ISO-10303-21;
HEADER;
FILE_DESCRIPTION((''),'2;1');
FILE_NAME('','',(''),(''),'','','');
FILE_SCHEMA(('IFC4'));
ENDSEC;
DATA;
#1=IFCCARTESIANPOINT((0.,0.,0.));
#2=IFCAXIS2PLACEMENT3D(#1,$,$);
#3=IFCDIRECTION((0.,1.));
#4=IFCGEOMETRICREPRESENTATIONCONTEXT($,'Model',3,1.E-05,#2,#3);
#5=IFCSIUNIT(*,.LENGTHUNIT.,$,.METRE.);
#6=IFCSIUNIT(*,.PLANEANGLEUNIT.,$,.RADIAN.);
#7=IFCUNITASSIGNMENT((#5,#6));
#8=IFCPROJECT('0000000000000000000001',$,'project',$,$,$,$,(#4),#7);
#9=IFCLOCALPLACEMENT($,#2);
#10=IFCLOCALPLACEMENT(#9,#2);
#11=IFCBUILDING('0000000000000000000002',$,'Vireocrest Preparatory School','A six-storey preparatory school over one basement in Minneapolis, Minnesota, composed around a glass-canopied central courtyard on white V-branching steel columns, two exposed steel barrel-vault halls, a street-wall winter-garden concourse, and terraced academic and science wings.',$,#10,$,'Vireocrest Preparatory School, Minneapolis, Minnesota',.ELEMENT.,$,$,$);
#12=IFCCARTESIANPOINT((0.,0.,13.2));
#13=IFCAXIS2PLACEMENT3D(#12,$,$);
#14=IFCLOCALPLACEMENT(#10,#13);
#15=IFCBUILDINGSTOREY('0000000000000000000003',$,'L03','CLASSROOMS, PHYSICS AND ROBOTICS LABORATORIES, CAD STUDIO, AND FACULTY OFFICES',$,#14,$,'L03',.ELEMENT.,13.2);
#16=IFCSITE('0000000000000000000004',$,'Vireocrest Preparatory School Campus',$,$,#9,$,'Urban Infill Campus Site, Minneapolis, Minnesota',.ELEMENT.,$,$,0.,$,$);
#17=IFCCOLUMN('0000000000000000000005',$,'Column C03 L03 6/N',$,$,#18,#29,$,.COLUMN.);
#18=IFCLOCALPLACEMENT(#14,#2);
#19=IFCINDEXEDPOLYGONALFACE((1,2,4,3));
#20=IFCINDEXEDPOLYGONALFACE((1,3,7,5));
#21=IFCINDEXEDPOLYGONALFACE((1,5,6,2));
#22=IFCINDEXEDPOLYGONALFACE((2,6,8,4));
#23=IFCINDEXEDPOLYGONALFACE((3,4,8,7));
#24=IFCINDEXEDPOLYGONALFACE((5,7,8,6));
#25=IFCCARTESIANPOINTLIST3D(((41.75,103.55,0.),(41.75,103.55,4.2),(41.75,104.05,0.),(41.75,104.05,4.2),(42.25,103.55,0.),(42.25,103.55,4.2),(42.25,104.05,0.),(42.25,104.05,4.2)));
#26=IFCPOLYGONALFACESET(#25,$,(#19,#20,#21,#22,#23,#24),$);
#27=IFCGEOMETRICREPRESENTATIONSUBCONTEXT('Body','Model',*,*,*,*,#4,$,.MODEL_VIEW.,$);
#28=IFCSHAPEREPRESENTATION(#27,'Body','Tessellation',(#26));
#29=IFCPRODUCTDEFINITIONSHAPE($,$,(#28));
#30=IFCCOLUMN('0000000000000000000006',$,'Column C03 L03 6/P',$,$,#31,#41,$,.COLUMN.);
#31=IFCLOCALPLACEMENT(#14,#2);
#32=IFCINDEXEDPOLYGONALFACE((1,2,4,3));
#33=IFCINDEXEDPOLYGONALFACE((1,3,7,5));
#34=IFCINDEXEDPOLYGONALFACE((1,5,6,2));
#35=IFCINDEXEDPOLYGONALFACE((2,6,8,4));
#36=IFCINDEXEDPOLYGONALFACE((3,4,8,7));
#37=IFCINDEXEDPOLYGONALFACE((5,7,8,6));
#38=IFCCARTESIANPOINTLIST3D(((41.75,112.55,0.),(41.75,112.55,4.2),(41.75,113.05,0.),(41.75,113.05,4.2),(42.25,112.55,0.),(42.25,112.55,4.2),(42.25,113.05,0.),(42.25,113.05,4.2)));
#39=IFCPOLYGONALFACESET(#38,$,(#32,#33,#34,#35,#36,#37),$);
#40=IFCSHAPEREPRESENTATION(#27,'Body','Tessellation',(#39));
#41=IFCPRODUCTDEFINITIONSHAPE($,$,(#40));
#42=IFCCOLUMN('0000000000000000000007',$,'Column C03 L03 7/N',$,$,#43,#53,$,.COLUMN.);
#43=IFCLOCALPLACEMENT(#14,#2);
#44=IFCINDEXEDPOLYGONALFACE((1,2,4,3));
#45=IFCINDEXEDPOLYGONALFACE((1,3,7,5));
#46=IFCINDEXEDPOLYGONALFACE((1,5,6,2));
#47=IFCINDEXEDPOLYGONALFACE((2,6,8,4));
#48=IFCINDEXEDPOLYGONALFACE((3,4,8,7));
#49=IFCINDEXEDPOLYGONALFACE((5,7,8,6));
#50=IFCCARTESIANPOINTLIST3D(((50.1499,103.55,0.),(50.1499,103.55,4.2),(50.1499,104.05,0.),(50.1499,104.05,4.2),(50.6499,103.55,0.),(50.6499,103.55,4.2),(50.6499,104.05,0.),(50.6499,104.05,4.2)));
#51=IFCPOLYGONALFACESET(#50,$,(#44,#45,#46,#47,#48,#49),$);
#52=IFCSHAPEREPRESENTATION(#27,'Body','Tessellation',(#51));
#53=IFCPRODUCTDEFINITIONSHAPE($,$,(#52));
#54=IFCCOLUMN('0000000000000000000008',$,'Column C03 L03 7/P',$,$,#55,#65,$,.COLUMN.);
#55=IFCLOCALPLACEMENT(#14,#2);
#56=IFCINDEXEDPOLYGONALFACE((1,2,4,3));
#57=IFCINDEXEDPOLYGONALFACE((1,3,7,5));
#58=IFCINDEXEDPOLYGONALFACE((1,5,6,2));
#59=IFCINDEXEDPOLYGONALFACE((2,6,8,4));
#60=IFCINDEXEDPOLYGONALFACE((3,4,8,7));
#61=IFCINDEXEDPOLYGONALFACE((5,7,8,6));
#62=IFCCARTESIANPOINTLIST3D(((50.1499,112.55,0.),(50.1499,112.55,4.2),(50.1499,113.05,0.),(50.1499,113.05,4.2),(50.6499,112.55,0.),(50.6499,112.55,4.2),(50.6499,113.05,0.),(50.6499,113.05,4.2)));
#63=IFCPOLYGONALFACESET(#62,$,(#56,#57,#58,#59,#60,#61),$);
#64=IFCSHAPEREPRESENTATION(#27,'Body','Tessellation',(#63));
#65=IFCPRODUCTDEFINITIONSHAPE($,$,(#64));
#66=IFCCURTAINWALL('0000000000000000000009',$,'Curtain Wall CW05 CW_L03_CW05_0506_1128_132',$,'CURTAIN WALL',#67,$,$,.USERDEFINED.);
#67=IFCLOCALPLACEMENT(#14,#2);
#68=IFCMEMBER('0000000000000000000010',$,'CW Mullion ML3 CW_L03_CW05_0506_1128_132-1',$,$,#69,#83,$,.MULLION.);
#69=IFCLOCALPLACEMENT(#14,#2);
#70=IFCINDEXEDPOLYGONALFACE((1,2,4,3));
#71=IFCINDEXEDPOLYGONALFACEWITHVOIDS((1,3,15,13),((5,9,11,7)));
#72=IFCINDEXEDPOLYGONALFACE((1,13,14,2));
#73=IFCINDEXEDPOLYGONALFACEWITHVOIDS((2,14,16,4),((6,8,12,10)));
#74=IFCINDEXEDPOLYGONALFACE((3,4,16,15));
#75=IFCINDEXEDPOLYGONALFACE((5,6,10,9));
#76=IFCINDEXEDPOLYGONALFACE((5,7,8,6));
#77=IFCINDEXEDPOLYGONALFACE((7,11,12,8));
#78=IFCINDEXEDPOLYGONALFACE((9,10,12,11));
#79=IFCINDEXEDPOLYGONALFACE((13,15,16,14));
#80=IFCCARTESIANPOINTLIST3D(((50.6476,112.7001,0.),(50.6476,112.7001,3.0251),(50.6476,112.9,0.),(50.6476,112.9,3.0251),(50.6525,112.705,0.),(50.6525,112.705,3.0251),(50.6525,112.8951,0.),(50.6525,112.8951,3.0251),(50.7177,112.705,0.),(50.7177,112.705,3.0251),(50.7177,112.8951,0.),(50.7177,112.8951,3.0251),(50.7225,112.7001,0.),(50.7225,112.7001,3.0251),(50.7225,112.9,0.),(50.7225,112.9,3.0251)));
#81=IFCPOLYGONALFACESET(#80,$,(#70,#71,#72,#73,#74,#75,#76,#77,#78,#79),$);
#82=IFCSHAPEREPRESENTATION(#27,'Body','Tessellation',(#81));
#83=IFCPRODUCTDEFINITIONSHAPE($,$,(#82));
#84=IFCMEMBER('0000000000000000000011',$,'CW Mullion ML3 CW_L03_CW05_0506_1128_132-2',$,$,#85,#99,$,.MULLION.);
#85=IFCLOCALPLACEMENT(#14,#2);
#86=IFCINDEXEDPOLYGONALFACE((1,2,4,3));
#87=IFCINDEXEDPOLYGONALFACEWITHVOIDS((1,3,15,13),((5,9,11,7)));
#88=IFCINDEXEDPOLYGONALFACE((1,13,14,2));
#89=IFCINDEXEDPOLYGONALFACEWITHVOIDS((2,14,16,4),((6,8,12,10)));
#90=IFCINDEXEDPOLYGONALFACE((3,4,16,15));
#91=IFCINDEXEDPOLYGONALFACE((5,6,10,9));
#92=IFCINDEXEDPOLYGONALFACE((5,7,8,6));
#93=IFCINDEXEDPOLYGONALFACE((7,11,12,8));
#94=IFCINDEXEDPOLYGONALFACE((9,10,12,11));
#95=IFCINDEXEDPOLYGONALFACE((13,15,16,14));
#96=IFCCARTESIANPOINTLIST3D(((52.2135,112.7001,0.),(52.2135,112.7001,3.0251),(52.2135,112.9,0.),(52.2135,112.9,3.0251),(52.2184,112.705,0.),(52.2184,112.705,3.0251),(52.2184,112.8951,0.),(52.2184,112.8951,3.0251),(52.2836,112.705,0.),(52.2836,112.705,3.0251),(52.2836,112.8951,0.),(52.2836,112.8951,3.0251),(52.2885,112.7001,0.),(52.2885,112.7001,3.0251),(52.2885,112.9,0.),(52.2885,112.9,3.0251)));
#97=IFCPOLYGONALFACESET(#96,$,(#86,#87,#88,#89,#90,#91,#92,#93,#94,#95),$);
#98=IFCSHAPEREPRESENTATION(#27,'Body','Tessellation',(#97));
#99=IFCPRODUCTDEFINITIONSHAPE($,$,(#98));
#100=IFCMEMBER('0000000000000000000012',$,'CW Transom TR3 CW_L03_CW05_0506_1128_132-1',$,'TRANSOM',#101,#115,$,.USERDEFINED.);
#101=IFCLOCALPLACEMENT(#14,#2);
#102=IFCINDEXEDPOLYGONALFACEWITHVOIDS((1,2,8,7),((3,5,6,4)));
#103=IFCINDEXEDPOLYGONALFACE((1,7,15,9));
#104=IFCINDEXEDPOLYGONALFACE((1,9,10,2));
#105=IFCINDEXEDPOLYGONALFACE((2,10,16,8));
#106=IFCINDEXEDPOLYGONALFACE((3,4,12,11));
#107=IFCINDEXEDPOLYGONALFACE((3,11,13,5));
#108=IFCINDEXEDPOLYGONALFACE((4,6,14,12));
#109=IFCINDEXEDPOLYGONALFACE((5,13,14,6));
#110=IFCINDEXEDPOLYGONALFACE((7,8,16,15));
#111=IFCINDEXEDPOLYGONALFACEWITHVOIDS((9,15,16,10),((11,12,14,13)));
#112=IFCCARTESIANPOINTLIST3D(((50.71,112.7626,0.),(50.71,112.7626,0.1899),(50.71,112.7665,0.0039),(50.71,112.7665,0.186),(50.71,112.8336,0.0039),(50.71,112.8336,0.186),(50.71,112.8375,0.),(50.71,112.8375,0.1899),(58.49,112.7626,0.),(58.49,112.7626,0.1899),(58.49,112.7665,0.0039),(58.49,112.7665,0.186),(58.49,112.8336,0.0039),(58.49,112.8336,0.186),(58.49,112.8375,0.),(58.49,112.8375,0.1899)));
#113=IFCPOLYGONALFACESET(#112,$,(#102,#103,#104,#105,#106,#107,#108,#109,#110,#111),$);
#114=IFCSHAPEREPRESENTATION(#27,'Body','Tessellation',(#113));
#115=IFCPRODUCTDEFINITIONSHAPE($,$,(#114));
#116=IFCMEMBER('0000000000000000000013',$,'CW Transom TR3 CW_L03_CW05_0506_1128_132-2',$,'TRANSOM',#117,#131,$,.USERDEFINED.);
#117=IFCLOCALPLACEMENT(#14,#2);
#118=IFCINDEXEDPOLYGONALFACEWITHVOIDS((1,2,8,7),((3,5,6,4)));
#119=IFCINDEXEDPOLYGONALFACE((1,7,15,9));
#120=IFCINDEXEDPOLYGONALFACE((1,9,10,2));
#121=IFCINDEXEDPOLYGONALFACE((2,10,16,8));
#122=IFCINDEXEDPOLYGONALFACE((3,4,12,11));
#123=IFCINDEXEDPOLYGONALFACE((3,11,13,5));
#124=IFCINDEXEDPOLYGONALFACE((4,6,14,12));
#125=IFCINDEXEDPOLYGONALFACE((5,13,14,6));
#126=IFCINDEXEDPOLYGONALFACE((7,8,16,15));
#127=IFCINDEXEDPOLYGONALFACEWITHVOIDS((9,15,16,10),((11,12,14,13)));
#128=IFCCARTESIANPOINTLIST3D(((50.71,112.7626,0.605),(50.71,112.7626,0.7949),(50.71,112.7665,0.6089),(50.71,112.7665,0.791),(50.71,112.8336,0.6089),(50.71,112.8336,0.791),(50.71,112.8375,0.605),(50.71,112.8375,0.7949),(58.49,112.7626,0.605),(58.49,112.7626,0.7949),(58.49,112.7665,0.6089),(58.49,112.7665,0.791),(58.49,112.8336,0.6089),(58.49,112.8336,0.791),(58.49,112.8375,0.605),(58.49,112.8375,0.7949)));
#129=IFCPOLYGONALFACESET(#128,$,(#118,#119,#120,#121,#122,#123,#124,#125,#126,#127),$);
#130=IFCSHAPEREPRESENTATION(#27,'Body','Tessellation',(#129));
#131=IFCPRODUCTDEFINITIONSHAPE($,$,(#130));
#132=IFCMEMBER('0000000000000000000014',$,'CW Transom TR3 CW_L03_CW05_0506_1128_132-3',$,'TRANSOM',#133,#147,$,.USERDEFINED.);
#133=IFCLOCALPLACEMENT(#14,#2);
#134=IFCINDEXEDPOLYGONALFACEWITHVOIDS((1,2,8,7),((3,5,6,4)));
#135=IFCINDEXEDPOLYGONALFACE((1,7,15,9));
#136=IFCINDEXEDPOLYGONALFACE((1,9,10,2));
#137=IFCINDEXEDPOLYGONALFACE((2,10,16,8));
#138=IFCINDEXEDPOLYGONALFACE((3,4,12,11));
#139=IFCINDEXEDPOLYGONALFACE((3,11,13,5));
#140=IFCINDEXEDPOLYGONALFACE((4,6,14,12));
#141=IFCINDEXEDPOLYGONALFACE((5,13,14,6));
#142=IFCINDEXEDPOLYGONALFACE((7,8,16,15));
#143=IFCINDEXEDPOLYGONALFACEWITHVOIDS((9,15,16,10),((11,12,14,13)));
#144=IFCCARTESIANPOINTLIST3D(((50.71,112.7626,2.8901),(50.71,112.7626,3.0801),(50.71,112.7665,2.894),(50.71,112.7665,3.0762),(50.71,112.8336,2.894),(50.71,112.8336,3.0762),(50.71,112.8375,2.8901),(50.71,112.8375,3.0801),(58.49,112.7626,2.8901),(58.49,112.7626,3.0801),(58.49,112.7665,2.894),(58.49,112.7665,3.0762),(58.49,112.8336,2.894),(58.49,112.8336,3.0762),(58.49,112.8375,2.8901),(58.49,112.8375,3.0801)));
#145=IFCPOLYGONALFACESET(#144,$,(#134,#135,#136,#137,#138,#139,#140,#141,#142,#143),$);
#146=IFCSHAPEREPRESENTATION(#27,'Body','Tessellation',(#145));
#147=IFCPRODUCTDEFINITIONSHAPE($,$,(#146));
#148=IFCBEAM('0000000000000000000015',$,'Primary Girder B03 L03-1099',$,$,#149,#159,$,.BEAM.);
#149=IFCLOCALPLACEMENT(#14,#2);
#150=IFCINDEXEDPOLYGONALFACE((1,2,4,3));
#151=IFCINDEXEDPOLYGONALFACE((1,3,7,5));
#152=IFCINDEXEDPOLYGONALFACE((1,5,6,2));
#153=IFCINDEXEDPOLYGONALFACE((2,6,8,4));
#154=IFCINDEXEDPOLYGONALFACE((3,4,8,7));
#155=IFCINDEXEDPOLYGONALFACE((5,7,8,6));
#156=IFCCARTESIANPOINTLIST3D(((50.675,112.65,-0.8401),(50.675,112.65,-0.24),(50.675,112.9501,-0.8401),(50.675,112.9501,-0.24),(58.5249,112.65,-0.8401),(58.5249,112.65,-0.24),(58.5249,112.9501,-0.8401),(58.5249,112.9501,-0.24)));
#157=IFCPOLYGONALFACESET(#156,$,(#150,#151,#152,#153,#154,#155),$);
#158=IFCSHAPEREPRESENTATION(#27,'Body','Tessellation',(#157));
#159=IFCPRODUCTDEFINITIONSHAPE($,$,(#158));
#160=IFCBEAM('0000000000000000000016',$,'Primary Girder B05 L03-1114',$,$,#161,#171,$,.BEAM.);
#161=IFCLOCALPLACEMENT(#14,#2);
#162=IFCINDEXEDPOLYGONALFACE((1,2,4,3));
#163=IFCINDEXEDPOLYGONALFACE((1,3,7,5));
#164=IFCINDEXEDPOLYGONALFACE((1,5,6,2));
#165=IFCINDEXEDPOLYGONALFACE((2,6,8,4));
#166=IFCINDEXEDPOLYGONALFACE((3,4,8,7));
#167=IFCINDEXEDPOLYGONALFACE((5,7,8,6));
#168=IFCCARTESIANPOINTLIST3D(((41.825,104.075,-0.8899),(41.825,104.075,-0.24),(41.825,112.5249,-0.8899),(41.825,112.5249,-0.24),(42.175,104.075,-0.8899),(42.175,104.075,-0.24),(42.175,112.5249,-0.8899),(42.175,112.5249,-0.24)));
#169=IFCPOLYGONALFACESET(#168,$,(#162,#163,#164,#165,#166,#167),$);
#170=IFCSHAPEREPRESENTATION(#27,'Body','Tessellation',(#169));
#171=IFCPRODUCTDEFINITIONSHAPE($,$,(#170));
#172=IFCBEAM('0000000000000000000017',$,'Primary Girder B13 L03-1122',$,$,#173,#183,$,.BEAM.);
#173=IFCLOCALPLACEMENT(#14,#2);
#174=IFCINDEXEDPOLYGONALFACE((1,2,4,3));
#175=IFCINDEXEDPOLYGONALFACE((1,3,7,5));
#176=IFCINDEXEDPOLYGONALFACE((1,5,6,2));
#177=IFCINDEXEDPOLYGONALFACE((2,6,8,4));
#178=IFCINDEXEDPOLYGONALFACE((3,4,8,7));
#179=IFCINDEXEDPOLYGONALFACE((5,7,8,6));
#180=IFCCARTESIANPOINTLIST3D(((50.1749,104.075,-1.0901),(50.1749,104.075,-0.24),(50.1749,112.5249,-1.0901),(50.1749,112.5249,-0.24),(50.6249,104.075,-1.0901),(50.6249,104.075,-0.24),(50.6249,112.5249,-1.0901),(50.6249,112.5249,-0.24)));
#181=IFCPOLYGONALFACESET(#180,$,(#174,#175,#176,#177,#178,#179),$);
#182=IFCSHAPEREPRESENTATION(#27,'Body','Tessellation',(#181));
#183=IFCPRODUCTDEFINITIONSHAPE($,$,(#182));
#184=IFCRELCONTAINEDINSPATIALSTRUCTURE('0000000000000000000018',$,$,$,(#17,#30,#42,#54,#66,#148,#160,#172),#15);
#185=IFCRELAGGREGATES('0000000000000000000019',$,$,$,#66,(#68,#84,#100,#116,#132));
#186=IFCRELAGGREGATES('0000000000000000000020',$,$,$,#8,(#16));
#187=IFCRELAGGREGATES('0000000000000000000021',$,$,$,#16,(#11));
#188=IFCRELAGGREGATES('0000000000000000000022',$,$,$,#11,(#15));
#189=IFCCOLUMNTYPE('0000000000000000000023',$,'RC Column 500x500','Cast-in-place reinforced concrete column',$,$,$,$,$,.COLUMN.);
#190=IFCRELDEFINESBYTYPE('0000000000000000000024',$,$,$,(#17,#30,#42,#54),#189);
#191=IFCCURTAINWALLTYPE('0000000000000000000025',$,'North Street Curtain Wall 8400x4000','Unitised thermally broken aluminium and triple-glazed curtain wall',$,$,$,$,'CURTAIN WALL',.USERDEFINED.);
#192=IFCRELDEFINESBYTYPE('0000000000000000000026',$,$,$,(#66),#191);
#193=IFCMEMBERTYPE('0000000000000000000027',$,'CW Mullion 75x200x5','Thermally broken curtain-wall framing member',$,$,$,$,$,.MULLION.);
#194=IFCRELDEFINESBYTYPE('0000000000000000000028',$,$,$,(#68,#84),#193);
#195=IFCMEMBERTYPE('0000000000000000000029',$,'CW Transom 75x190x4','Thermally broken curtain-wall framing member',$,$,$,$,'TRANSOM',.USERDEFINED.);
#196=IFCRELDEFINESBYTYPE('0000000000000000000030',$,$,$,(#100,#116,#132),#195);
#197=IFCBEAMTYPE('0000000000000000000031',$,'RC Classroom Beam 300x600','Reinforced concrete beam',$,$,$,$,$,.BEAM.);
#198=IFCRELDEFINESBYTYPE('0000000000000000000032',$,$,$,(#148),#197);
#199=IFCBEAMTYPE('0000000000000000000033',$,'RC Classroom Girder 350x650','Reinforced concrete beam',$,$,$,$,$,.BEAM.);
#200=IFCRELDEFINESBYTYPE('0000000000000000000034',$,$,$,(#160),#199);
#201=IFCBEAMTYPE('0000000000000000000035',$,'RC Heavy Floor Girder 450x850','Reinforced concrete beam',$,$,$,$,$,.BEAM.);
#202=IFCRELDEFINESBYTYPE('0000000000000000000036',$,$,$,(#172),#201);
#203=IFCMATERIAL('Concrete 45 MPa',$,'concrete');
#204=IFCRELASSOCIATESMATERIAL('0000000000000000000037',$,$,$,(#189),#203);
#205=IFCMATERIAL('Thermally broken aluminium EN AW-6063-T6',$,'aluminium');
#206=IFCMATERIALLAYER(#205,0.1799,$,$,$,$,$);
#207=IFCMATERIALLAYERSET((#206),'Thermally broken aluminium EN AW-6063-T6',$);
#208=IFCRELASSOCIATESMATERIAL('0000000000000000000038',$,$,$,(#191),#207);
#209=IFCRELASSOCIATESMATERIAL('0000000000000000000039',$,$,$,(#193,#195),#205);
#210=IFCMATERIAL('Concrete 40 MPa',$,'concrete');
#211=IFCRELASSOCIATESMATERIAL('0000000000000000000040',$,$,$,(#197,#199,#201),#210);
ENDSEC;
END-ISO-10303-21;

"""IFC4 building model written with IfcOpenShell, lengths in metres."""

from ifc_helpers import new_model, si_unit, direction, frame, origin, origin_2d, place, context, subcontext, project, spatial, rectangle, hollow_rectangle, extrude, material, layer, layer_set, material_profile, profile_set, type_object, element, aggregate, save


model = new_model("IFC4")

# Units and contexts
model_context = context("Model", 3, precision=1e-05, world=origin(), true_north=direction((0.0, 1.0)))
body_context = subcontext(model_context, "Body", "Model", "MODEL_VIEW")
ifc_project = project(units=[si_unit("LENGTHUNIT", "METRE"), si_unit("PLANEANGLEUNIT", "RADIAN")], contexts=[model_context])

# Site, building, storey
site_placement = place(None, origin())
site = spatial("IfcSite", under=ifc_project, at=site_placement, Name="Vireocrest Preparatory School Campus", LongName="Urban Infill Campus Site, Minneapolis, Minnesota", CompositionType="ELEMENT", RefElevation=0.0)
building_placement = place(site_placement, origin())
building = spatial("IfcBuilding", under=site, at=building_placement, Name="Vireocrest Preparatory School", Description="A six-storey preparatory school over one basement in Minneapolis, Minnesota, composed around a glass-canopied central courtyard on white V-branching steel columns, two exposed steel barrel-vault halls, a street-wall winter-garden concourse, and terraced academic and science wings.", LongName="Vireocrest Preparatory School, Minneapolis, Minnesota", CompositionType="ELEMENT")
storey_placement = place(building_placement, frame((0.0, 0.0, 13.2)))
storey = spatial("IfcBuildingStorey", under=building, at=storey_placement, Name="L03", Description="CLASSROOMS, PHYSICS AND ROBOTICS LABORATORIES, CAD STUDIO, AND FACULTY OFFICES", LongName="L03", CompositionType="ELEMENT", Elevation=13.2)

# Columns
ifc_material_1 = material(Name="Concrete 45 MPa", Category="concrete")
ifc_material_profile_1 = material_profile(ifc_material_1, rectangle(XDim=0.5, YDim=0.5, at=origin_2d()), Name="RC 500x500")
ifc_profile_set_1 = profile_set([ifc_material_profile_1], Name="Concrete 45 MPa")
column_type = type_object("IfcColumnType", Name="RC Column 500x500", Description="Cast-in-place reinforced concrete column", PredefinedType="COLUMN", material=ifc_profile_set_1)
for number, where, z_axis, x_axis, name in (
    (1, (42.0, 103.8, 0.0), (0.0, 0.0, 1.0), (1.0, 0.0, 0.0), "Column C03 L03 6/N"),
    (2, (42.0, 112.8, 0.0), (0.0, 0.0, 1.0), (1.0, 0.0, 0.0), "Column C03 L03 6/P"),
    (3, (50.3999, 103.8, 0.0), (0.0, 0.0, 1.0), (1.0, 0.0, 0.0), "Column C03 L03 7/N"),
    (4, (50.3999, 112.8, 0.0), (0.0, 0.0, 1.0), (1.0, 0.0, 0.0), "Column C03 L03 7/P"),
):
    element("IfcColumn", number, at=place(storey_placement, frame(where, z_axis=z_axis, x_axis=x_axis)), inside=storey, type_object=column_type, Name=name, PredefinedType="COLUMN", context=body_context, shape_type="SweptSolid", body=[
        extrude(rectangle(XDim=0.5, YDim=0.5, at=origin_2d()), origin(), (0.0, 0.0, 1.0), 4.2),
    ])

# Curtain wall, members
ifc_material_2 = material(Name="Thermally broken aluminium EN AW-6063-T6", Category="aluminium")
ifc_layer_1 = layer(ifc_material_2, 0.1799)
ifc_layer_set_1 = layer_set([ifc_layer_1], Name="Thermally broken aluminium EN AW-6063-T6")
curtain_wall_type = type_object("IfcCurtainWallType", Name="North Street Curtain Wall 8400x4000", Description="Unitised thermally broken aluminium and triple-glazed curtain wall", ElementType="CURTAIN WALL", PredefinedType="USERDEFINED", material=ifc_layer_set_1)
curtain_wall_placement = place(storey_placement, origin())
curtain_wall = element("IfcCurtainWall", 5, at=curtain_wall_placement, inside=storey, type_object=curtain_wall_type, Name="Curtain Wall CW05 CW_L03_CW05_0506_1128_132", ObjectType="CURTAIN WALL", PredefinedType="USERDEFINED")
ifc_material_profile_2 = material_profile(ifc_material_2, hollow_rectangle(XDim=0.075, YDim=0.2, WallThickness=0.0049, at=origin_2d()), Name="ALU 75x200x5")
ifc_profile_set_2 = profile_set([ifc_material_profile_2], Name="Thermally broken aluminium EN AW-6063-T6")
member_type_1 = type_object("IfcMemberType", Name="CW Mullion 75x200x5", Description="Thermally broken curtain-wall framing member", PredefinedType="MULLION", material=ifc_profile_set_2)
member_1_placement = place(storey_placement, frame((50.6851, 112.8, 0.0), z_axis=(0.0, 0.0, 1.0), x_axis=(1.0, 0.0, 0.0)))
member_1 = element("IfcMember", 6, at=member_1_placement, type_object=member_type_1, Name="CW Mullion ML3 CW_L03_CW05_0506_1128_132-1", PredefinedType="MULLION", context=body_context, shape_type="SweptSolid", body=[
    extrude(hollow_rectangle(XDim=0.075, YDim=0.2, WallThickness=0.0049, at=origin_2d()), origin(), (0.0, 0.0, 1.0), 3.0251),
])
member_2_placement = place(storey_placement, frame((52.251, 112.8, 0.0), z_axis=(0.0, 0.0, 1.0), x_axis=(1.0, 0.0, 0.0)))
member_2 = element("IfcMember", 7, at=member_2_placement, type_object=member_type_1, Name="CW Mullion ML3 CW_L03_CW05_0506_1128_132-2", PredefinedType="MULLION", context=body_context, shape_type="SweptSolid", body=[
    extrude(hollow_rectangle(XDim=0.075, YDim=0.2, WallThickness=0.0049, at=origin_2d()), origin(), (0.0, 0.0, 1.0), 3.0251),
])
ifc_material_profile_3 = material_profile(ifc_material_2, hollow_rectangle(XDim=0.075, YDim=0.1899, WallThickness=0.0039, at=origin_2d()), Name="ALU 75x190x4")
ifc_profile_set_3 = profile_set([ifc_material_profile_3], Name="Thermally broken aluminium EN AW-6063-T6")
member_type_2 = type_object("IfcMemberType", Name="CW Transom 75x190x4", Description="Thermally broken curtain-wall framing member", ElementType="TRANSOM", PredefinedType="USERDEFINED", material=ifc_profile_set_3)
member_3_placement = place(storey_placement, frame((50.71, 112.8, 0.095), z_axis=(1.0, 0.0, 0.0), x_axis=(0.0, 1.0, 0.0)))
member_3 = element("IfcMember", 8, at=member_3_placement, type_object=member_type_2, Name="CW Transom TR3 CW_L03_CW05_0506_1128_132-1", ObjectType="TRANSOM", PredefinedType="USERDEFINED", context=body_context, shape_type="SweptSolid", body=[
    extrude(hollow_rectangle(XDim=0.075, YDim=0.1899, WallThickness=0.0039, at=origin_2d()), origin(), (0.0, 0.0, 1.0), 7.78),
])
member_4_placement = place(storey_placement, frame((50.71, 112.8, 0.7), z_axis=(1.0, 0.0, 0.0), x_axis=(0.0, 1.0, 0.0)))
member_4 = element("IfcMember", 9, at=member_4_placement, type_object=member_type_2, Name="CW Transom TR3 CW_L03_CW05_0506_1128_132-2", ObjectType="TRANSOM", PredefinedType="USERDEFINED", context=body_context, shape_type="SweptSolid", body=[
    extrude(hollow_rectangle(XDim=0.075, YDim=0.1899, WallThickness=0.0039, at=origin_2d()), origin(), (0.0, 0.0, 1.0), 7.78),
])
member_5_placement = place(storey_placement, frame((50.71, 112.8, 2.9851), z_axis=(1.0, 0.0, 0.0), x_axis=(0.0, 1.0, 0.0)))
member_5 = element("IfcMember", 10, at=member_5_placement, type_object=member_type_2, Name="CW Transom TR3 CW_L03_CW05_0506_1128_132-3", ObjectType="TRANSOM", PredefinedType="USERDEFINED", context=body_context, shape_type="SweptSolid", body=[
    extrude(hollow_rectangle(XDim=0.075, YDim=0.1899, WallThickness=0.0039, at=origin_2d()), origin(), (0.0, 0.0, 1.0), 7.78),
])

# Beams
ifc_material_3 = material(Name="Concrete 40 MPa", Category="concrete")
ifc_material_profile_4 = material_profile(ifc_material_3, rectangle(XDim=0.3, YDim=0.6001, at=origin_2d()), Name="RC 300x600")
ifc_profile_set_4 = profile_set([ifc_material_profile_4], Name="Concrete 40 MPa")
beam_type_1 = type_object("IfcBeamType", Name="RC Classroom Beam 300x600", Description="Reinforced concrete beam", PredefinedType="BEAM", material=ifc_profile_set_4)
beam_1_placement = place(storey_placement, frame((50.675, 112.8, -0.54), z_axis=(1.0, 0.0, 0.0), x_axis=(0.0, 1.0, 0.0)))
element("IfcBeam", 11, at=beam_1_placement, inside=storey, type_object=beam_type_1, Name="Primary Girder B03 L03-1099", PredefinedType="BEAM", context=body_context, shape_type="SweptSolid", body=[
    extrude(rectangle(XDim=0.3, YDim=0.6001, at=origin_2d()), origin(), (0.0, 0.0, 1.0), 7.8499),
])
ifc_material_profile_5 = material_profile(ifc_material_3, rectangle(XDim=0.3501, YDim=0.6499, at=origin_2d()), Name="RC 350x650")
ifc_profile_set_5 = profile_set([ifc_material_profile_5], Name="Concrete 40 MPa")
beam_type_2 = type_object("IfcBeamType", Name="RC Classroom Girder 350x650", Description="Reinforced concrete beam", PredefinedType="BEAM", material=ifc_profile_set_5)
beam_2_placement = place(storey_placement, frame((42.0, 104.075, -0.5649), z_axis=(0.0, 1.0, 0.0), x_axis=(-1.0, 0.0, 0.0)))
element("IfcBeam", 12, at=beam_2_placement, inside=storey, type_object=beam_type_2, Name="Primary Girder B05 L03-1114", PredefinedType="BEAM", context=body_context, shape_type="SweptSolid", body=[
    extrude(rectangle(XDim=0.3501, YDim=0.6499, at=origin_2d()), origin(), (0.0, 0.0, 1.0), 8.45),
])
ifc_material_profile_6 = material_profile(ifc_material_3, rectangle(XDim=0.45, YDim=0.8501, at=origin_2d()), Name="RC 450x850")
ifc_profile_set_6 = profile_set([ifc_material_profile_6], Name="Concrete 40 MPa")
beam_type_3 = type_object("IfcBeamType", Name="RC Heavy Floor Girder 450x850", Description="Reinforced concrete beam", PredefinedType="BEAM", material=ifc_profile_set_6)
beam_3_placement = place(storey_placement, frame((50.3999, 104.075, -0.665), z_axis=(0.0, 1.0, 0.0), x_axis=(-1.0, 0.0, 0.0)))
element("IfcBeam", 13, at=beam_3_placement, inside=storey, type_object=beam_type_3, Name="Primary Girder B13 L03-1122", PredefinedType="BEAM", context=body_context, shape_type="SweptSolid", body=[
    extrude(rectangle(XDim=0.45, YDim=0.8501, at=origin_2d()), origin(), (0.0, 0.0, 1.0), 8.45),
])

aggregate(curtain_wall, [member_1, member_2, member_3, member_4, member_5])

save(model, "model.ifc")
